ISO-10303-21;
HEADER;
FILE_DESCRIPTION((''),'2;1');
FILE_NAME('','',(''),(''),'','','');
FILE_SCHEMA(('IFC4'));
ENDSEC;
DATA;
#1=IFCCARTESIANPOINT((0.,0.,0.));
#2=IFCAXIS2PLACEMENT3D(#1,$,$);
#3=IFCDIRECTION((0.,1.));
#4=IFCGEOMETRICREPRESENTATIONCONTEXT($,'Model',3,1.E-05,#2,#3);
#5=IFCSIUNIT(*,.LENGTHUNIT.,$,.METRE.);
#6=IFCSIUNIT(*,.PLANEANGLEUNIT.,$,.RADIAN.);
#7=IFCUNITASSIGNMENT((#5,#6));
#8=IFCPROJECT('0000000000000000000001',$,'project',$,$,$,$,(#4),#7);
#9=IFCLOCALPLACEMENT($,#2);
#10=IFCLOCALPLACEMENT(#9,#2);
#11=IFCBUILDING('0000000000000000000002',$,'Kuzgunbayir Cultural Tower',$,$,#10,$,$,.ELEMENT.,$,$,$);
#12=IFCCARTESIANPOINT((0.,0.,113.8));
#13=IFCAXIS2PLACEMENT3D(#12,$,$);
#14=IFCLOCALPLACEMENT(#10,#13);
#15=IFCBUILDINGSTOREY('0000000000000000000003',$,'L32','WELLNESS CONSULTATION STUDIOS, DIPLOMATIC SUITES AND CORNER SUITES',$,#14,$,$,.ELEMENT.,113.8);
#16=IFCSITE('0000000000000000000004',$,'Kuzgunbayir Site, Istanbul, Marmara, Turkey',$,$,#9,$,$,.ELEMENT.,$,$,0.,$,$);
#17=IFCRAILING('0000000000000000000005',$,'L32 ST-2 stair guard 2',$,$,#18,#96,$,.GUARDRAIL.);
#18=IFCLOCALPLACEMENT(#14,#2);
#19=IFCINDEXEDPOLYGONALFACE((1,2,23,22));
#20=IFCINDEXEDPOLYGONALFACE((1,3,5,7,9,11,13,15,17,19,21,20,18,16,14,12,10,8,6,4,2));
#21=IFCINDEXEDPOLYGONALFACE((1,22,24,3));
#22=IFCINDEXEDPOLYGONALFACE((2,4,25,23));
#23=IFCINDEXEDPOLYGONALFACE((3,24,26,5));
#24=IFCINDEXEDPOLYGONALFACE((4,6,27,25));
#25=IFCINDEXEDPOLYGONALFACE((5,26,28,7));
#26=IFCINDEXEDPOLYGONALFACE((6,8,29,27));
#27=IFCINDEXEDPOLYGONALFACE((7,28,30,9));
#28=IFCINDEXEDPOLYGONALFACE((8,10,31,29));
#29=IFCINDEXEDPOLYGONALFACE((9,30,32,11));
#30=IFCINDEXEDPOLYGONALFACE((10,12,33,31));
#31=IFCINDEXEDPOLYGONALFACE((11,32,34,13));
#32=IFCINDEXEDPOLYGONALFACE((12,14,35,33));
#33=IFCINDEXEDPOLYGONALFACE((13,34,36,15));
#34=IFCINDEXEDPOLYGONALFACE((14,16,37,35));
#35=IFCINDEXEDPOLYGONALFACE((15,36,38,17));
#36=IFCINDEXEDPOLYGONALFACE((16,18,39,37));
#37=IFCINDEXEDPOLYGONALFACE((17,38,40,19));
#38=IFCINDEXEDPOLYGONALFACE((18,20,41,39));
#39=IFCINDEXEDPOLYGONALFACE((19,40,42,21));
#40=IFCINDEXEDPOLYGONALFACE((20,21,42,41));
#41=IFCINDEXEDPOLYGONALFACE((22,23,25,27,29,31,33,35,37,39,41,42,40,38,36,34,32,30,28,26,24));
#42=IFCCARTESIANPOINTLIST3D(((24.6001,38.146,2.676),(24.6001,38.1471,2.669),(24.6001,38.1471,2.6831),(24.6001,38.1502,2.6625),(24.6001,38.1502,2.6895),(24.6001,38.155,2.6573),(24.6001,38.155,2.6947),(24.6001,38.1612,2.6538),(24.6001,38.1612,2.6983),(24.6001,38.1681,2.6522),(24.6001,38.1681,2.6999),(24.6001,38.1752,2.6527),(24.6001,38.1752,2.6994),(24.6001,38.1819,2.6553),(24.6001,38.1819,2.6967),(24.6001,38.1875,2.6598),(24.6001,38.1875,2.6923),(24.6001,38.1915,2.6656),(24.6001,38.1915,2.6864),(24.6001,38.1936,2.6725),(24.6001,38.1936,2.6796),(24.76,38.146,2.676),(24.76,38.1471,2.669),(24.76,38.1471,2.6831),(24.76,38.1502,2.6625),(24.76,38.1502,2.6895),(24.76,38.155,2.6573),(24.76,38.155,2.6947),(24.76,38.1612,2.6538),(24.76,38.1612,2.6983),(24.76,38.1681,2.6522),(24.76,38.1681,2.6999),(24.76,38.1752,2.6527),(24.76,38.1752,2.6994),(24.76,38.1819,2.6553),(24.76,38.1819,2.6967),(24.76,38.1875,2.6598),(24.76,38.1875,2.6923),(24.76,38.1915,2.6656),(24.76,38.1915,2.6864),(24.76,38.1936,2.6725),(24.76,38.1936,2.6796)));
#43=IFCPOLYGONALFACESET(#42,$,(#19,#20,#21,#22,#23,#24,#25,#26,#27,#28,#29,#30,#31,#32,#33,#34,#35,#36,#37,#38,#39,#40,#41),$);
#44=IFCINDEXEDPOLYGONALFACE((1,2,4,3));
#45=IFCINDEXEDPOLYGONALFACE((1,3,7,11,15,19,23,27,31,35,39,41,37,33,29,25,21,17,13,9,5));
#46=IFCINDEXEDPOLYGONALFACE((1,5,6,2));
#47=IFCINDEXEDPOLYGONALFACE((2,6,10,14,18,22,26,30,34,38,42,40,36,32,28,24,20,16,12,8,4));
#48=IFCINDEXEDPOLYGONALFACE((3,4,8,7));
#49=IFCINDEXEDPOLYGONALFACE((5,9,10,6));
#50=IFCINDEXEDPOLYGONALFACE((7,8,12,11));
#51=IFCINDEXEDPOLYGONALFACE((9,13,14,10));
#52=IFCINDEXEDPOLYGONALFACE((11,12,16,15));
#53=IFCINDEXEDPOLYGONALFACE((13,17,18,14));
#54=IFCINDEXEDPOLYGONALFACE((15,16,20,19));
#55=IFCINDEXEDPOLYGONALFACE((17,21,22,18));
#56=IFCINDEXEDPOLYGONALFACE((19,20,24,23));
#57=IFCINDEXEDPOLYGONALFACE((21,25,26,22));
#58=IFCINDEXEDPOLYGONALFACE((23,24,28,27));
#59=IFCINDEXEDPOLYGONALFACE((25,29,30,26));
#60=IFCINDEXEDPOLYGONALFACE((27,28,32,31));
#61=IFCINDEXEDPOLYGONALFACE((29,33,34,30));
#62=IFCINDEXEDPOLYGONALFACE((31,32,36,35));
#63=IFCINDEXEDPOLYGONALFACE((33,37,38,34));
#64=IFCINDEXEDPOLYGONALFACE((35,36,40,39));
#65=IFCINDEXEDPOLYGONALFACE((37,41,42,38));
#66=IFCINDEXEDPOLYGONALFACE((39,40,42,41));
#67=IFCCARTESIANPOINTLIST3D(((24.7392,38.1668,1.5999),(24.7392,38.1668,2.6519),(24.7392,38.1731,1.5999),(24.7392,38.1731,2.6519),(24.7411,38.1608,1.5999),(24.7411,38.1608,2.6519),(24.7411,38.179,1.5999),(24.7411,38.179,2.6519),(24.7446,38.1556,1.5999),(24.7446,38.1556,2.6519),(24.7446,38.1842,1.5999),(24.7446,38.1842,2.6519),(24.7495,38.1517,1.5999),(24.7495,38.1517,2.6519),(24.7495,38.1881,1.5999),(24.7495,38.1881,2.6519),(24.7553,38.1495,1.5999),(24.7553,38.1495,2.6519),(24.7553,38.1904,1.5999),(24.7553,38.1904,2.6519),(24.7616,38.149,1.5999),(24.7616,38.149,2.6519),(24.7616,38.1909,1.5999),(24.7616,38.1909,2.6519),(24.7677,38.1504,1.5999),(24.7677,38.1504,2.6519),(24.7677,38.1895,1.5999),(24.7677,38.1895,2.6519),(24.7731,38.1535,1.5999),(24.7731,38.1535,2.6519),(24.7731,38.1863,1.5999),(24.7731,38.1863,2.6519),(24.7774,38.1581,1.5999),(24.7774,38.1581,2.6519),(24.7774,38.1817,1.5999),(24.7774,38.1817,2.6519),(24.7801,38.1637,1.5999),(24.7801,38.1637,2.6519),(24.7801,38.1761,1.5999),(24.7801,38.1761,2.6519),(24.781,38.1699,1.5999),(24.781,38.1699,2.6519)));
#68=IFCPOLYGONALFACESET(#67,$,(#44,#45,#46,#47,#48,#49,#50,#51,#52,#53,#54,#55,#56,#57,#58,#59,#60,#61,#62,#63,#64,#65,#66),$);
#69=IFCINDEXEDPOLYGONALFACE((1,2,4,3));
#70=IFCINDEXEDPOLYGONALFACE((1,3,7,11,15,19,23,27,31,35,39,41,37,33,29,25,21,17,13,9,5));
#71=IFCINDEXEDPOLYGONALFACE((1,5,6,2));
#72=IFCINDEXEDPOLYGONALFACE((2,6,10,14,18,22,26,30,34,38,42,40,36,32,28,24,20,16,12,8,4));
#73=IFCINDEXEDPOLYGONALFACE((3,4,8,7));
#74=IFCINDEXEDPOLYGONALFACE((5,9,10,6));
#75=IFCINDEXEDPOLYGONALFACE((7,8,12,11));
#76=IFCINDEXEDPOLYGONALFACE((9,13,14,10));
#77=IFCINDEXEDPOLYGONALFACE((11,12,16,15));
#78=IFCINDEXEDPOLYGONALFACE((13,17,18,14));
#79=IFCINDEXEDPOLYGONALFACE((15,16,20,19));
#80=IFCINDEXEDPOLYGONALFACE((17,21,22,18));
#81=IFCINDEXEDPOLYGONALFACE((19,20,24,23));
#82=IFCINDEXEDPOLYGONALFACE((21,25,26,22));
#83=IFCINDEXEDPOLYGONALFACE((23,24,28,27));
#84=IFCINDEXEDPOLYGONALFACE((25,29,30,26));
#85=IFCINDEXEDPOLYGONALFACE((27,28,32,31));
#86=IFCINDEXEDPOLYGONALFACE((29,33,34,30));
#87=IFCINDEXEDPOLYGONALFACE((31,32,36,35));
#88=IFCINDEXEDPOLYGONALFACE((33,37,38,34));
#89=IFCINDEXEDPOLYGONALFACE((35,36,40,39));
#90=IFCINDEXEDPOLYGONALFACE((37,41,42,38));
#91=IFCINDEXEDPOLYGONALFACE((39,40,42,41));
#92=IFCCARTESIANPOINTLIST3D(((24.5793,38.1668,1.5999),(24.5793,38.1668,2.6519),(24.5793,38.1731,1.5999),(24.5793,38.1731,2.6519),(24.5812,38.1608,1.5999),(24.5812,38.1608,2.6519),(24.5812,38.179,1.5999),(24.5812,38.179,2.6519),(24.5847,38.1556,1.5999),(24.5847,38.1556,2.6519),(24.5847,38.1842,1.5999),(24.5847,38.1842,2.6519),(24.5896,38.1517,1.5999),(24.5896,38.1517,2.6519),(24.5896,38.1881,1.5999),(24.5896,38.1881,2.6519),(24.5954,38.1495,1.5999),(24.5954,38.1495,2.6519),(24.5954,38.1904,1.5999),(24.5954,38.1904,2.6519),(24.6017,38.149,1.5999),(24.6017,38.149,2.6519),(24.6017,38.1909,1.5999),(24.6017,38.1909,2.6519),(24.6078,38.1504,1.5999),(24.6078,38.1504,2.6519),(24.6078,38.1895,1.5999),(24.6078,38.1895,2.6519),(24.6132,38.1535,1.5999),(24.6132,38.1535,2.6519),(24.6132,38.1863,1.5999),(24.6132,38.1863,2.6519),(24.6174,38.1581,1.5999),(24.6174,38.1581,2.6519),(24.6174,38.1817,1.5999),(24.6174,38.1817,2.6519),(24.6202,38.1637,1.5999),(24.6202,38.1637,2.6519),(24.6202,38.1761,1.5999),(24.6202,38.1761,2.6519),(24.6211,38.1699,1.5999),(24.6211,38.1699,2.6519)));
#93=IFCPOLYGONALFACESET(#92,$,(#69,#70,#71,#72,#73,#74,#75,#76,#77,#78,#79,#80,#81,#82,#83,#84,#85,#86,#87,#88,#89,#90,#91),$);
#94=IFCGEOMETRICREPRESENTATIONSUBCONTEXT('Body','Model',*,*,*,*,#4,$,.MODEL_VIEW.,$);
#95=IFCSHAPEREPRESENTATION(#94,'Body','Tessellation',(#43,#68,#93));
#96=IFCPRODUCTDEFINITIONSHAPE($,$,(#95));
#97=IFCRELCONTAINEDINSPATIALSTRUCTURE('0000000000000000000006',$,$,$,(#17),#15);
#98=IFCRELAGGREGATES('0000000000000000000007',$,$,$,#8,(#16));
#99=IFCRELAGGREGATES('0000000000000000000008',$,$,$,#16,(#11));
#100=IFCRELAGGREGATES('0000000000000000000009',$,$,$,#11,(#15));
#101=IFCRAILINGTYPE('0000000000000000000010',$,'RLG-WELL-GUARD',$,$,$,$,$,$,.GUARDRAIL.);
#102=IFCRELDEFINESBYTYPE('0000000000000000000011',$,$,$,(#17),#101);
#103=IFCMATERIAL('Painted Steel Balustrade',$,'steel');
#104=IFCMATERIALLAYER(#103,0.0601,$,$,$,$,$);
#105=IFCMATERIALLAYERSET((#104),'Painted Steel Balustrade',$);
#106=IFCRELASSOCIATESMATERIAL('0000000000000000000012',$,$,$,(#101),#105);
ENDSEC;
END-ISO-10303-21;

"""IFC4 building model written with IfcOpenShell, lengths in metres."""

from ifc_helpers import new_model, si_unit, direction, frame, origin, origin_2d, place, context, subcontext, project, spatial, circle, extrude, material, layer, layer_set, type_object, element, save


model = new_model("IFC4")

# Units and contexts
model_context = context("Model", 3, precision=1e-05, world=origin(), true_north=direction((0.0, 1.0)))
body_context = subcontext(model_context, "Body", "Model", "MODEL_VIEW")
ifc_project = project(units=[si_unit("LENGTHUNIT", "METRE"), si_unit("PLANEANGLEUNIT", "RADIAN")], contexts=[model_context])

# Site, building, storey
site_placement = place(None, origin())
site = spatial("IfcSite", under=ifc_project, at=site_placement, Name="Kuzgunbayir Site, Istanbul, Marmara, Turkey", CompositionType="ELEMENT", RefElevation=0.0)
building_placement = place(site_placement, origin())
building = spatial("IfcBuilding", under=site, at=building_placement, Name="Kuzgunbayir Cultural Tower", CompositionType="ELEMENT")
storey_placement = place(building_placement, frame((0.0, 0.0, 113.8)))
storey = spatial("IfcBuildingStorey", under=building, at=storey_placement, Name="L32", Description="WELLNESS CONSULTATION STUDIOS, DIPLOMATIC SUITES AND CORNER SUITES", CompositionType="ELEMENT", Elevation=113.8)

# Railing
ifc_material_1 = material(Name="Painted Steel Balustrade", Category="steel")
ifc_layer_1 = layer(ifc_material_1, 0.0601)
ifc_layer_set_1 = layer_set([ifc_layer_1], Name="Painted Steel Balustrade")
railing_type_1 = type_object("IfcRailingType", Name="RLG-WELL-GUARD", PredefinedType="GUARDRAIL", material=ifc_layer_set_1)
railing_1_placement = place(storey_placement, frame((24.76, 38.1699, 1.5999)))
element("IfcRailing", 1, at=railing_1_placement, inside=storey, type_object=railing_type_1, Name="L32 ST-2 stair guard 2", PredefinedType="GUARDRAIL", context=body_context, shape_type="SweptSolid", body=[
    extrude(circle(Radius=0.0239, at=origin_2d()), frame((0.0, 0.0, 1.0762), z_axis=(-1.0, 0.0, 0.0), x_axis=(0.0, -1.0, 0.0)), (0.0, 0.0, 1.0), 0.1599),
    extrude(circle(Radius=0.021, at=origin_2d()), origin(), (0.0, 0.0, 1.0), 1.052),
    extrude(circle(Radius=0.021, at=origin_2d()), frame((-0.1599, 0.0, 0.0)), (0.0, 0.0, 1.0), 1.052),
])

save(model, "model.ifc")
